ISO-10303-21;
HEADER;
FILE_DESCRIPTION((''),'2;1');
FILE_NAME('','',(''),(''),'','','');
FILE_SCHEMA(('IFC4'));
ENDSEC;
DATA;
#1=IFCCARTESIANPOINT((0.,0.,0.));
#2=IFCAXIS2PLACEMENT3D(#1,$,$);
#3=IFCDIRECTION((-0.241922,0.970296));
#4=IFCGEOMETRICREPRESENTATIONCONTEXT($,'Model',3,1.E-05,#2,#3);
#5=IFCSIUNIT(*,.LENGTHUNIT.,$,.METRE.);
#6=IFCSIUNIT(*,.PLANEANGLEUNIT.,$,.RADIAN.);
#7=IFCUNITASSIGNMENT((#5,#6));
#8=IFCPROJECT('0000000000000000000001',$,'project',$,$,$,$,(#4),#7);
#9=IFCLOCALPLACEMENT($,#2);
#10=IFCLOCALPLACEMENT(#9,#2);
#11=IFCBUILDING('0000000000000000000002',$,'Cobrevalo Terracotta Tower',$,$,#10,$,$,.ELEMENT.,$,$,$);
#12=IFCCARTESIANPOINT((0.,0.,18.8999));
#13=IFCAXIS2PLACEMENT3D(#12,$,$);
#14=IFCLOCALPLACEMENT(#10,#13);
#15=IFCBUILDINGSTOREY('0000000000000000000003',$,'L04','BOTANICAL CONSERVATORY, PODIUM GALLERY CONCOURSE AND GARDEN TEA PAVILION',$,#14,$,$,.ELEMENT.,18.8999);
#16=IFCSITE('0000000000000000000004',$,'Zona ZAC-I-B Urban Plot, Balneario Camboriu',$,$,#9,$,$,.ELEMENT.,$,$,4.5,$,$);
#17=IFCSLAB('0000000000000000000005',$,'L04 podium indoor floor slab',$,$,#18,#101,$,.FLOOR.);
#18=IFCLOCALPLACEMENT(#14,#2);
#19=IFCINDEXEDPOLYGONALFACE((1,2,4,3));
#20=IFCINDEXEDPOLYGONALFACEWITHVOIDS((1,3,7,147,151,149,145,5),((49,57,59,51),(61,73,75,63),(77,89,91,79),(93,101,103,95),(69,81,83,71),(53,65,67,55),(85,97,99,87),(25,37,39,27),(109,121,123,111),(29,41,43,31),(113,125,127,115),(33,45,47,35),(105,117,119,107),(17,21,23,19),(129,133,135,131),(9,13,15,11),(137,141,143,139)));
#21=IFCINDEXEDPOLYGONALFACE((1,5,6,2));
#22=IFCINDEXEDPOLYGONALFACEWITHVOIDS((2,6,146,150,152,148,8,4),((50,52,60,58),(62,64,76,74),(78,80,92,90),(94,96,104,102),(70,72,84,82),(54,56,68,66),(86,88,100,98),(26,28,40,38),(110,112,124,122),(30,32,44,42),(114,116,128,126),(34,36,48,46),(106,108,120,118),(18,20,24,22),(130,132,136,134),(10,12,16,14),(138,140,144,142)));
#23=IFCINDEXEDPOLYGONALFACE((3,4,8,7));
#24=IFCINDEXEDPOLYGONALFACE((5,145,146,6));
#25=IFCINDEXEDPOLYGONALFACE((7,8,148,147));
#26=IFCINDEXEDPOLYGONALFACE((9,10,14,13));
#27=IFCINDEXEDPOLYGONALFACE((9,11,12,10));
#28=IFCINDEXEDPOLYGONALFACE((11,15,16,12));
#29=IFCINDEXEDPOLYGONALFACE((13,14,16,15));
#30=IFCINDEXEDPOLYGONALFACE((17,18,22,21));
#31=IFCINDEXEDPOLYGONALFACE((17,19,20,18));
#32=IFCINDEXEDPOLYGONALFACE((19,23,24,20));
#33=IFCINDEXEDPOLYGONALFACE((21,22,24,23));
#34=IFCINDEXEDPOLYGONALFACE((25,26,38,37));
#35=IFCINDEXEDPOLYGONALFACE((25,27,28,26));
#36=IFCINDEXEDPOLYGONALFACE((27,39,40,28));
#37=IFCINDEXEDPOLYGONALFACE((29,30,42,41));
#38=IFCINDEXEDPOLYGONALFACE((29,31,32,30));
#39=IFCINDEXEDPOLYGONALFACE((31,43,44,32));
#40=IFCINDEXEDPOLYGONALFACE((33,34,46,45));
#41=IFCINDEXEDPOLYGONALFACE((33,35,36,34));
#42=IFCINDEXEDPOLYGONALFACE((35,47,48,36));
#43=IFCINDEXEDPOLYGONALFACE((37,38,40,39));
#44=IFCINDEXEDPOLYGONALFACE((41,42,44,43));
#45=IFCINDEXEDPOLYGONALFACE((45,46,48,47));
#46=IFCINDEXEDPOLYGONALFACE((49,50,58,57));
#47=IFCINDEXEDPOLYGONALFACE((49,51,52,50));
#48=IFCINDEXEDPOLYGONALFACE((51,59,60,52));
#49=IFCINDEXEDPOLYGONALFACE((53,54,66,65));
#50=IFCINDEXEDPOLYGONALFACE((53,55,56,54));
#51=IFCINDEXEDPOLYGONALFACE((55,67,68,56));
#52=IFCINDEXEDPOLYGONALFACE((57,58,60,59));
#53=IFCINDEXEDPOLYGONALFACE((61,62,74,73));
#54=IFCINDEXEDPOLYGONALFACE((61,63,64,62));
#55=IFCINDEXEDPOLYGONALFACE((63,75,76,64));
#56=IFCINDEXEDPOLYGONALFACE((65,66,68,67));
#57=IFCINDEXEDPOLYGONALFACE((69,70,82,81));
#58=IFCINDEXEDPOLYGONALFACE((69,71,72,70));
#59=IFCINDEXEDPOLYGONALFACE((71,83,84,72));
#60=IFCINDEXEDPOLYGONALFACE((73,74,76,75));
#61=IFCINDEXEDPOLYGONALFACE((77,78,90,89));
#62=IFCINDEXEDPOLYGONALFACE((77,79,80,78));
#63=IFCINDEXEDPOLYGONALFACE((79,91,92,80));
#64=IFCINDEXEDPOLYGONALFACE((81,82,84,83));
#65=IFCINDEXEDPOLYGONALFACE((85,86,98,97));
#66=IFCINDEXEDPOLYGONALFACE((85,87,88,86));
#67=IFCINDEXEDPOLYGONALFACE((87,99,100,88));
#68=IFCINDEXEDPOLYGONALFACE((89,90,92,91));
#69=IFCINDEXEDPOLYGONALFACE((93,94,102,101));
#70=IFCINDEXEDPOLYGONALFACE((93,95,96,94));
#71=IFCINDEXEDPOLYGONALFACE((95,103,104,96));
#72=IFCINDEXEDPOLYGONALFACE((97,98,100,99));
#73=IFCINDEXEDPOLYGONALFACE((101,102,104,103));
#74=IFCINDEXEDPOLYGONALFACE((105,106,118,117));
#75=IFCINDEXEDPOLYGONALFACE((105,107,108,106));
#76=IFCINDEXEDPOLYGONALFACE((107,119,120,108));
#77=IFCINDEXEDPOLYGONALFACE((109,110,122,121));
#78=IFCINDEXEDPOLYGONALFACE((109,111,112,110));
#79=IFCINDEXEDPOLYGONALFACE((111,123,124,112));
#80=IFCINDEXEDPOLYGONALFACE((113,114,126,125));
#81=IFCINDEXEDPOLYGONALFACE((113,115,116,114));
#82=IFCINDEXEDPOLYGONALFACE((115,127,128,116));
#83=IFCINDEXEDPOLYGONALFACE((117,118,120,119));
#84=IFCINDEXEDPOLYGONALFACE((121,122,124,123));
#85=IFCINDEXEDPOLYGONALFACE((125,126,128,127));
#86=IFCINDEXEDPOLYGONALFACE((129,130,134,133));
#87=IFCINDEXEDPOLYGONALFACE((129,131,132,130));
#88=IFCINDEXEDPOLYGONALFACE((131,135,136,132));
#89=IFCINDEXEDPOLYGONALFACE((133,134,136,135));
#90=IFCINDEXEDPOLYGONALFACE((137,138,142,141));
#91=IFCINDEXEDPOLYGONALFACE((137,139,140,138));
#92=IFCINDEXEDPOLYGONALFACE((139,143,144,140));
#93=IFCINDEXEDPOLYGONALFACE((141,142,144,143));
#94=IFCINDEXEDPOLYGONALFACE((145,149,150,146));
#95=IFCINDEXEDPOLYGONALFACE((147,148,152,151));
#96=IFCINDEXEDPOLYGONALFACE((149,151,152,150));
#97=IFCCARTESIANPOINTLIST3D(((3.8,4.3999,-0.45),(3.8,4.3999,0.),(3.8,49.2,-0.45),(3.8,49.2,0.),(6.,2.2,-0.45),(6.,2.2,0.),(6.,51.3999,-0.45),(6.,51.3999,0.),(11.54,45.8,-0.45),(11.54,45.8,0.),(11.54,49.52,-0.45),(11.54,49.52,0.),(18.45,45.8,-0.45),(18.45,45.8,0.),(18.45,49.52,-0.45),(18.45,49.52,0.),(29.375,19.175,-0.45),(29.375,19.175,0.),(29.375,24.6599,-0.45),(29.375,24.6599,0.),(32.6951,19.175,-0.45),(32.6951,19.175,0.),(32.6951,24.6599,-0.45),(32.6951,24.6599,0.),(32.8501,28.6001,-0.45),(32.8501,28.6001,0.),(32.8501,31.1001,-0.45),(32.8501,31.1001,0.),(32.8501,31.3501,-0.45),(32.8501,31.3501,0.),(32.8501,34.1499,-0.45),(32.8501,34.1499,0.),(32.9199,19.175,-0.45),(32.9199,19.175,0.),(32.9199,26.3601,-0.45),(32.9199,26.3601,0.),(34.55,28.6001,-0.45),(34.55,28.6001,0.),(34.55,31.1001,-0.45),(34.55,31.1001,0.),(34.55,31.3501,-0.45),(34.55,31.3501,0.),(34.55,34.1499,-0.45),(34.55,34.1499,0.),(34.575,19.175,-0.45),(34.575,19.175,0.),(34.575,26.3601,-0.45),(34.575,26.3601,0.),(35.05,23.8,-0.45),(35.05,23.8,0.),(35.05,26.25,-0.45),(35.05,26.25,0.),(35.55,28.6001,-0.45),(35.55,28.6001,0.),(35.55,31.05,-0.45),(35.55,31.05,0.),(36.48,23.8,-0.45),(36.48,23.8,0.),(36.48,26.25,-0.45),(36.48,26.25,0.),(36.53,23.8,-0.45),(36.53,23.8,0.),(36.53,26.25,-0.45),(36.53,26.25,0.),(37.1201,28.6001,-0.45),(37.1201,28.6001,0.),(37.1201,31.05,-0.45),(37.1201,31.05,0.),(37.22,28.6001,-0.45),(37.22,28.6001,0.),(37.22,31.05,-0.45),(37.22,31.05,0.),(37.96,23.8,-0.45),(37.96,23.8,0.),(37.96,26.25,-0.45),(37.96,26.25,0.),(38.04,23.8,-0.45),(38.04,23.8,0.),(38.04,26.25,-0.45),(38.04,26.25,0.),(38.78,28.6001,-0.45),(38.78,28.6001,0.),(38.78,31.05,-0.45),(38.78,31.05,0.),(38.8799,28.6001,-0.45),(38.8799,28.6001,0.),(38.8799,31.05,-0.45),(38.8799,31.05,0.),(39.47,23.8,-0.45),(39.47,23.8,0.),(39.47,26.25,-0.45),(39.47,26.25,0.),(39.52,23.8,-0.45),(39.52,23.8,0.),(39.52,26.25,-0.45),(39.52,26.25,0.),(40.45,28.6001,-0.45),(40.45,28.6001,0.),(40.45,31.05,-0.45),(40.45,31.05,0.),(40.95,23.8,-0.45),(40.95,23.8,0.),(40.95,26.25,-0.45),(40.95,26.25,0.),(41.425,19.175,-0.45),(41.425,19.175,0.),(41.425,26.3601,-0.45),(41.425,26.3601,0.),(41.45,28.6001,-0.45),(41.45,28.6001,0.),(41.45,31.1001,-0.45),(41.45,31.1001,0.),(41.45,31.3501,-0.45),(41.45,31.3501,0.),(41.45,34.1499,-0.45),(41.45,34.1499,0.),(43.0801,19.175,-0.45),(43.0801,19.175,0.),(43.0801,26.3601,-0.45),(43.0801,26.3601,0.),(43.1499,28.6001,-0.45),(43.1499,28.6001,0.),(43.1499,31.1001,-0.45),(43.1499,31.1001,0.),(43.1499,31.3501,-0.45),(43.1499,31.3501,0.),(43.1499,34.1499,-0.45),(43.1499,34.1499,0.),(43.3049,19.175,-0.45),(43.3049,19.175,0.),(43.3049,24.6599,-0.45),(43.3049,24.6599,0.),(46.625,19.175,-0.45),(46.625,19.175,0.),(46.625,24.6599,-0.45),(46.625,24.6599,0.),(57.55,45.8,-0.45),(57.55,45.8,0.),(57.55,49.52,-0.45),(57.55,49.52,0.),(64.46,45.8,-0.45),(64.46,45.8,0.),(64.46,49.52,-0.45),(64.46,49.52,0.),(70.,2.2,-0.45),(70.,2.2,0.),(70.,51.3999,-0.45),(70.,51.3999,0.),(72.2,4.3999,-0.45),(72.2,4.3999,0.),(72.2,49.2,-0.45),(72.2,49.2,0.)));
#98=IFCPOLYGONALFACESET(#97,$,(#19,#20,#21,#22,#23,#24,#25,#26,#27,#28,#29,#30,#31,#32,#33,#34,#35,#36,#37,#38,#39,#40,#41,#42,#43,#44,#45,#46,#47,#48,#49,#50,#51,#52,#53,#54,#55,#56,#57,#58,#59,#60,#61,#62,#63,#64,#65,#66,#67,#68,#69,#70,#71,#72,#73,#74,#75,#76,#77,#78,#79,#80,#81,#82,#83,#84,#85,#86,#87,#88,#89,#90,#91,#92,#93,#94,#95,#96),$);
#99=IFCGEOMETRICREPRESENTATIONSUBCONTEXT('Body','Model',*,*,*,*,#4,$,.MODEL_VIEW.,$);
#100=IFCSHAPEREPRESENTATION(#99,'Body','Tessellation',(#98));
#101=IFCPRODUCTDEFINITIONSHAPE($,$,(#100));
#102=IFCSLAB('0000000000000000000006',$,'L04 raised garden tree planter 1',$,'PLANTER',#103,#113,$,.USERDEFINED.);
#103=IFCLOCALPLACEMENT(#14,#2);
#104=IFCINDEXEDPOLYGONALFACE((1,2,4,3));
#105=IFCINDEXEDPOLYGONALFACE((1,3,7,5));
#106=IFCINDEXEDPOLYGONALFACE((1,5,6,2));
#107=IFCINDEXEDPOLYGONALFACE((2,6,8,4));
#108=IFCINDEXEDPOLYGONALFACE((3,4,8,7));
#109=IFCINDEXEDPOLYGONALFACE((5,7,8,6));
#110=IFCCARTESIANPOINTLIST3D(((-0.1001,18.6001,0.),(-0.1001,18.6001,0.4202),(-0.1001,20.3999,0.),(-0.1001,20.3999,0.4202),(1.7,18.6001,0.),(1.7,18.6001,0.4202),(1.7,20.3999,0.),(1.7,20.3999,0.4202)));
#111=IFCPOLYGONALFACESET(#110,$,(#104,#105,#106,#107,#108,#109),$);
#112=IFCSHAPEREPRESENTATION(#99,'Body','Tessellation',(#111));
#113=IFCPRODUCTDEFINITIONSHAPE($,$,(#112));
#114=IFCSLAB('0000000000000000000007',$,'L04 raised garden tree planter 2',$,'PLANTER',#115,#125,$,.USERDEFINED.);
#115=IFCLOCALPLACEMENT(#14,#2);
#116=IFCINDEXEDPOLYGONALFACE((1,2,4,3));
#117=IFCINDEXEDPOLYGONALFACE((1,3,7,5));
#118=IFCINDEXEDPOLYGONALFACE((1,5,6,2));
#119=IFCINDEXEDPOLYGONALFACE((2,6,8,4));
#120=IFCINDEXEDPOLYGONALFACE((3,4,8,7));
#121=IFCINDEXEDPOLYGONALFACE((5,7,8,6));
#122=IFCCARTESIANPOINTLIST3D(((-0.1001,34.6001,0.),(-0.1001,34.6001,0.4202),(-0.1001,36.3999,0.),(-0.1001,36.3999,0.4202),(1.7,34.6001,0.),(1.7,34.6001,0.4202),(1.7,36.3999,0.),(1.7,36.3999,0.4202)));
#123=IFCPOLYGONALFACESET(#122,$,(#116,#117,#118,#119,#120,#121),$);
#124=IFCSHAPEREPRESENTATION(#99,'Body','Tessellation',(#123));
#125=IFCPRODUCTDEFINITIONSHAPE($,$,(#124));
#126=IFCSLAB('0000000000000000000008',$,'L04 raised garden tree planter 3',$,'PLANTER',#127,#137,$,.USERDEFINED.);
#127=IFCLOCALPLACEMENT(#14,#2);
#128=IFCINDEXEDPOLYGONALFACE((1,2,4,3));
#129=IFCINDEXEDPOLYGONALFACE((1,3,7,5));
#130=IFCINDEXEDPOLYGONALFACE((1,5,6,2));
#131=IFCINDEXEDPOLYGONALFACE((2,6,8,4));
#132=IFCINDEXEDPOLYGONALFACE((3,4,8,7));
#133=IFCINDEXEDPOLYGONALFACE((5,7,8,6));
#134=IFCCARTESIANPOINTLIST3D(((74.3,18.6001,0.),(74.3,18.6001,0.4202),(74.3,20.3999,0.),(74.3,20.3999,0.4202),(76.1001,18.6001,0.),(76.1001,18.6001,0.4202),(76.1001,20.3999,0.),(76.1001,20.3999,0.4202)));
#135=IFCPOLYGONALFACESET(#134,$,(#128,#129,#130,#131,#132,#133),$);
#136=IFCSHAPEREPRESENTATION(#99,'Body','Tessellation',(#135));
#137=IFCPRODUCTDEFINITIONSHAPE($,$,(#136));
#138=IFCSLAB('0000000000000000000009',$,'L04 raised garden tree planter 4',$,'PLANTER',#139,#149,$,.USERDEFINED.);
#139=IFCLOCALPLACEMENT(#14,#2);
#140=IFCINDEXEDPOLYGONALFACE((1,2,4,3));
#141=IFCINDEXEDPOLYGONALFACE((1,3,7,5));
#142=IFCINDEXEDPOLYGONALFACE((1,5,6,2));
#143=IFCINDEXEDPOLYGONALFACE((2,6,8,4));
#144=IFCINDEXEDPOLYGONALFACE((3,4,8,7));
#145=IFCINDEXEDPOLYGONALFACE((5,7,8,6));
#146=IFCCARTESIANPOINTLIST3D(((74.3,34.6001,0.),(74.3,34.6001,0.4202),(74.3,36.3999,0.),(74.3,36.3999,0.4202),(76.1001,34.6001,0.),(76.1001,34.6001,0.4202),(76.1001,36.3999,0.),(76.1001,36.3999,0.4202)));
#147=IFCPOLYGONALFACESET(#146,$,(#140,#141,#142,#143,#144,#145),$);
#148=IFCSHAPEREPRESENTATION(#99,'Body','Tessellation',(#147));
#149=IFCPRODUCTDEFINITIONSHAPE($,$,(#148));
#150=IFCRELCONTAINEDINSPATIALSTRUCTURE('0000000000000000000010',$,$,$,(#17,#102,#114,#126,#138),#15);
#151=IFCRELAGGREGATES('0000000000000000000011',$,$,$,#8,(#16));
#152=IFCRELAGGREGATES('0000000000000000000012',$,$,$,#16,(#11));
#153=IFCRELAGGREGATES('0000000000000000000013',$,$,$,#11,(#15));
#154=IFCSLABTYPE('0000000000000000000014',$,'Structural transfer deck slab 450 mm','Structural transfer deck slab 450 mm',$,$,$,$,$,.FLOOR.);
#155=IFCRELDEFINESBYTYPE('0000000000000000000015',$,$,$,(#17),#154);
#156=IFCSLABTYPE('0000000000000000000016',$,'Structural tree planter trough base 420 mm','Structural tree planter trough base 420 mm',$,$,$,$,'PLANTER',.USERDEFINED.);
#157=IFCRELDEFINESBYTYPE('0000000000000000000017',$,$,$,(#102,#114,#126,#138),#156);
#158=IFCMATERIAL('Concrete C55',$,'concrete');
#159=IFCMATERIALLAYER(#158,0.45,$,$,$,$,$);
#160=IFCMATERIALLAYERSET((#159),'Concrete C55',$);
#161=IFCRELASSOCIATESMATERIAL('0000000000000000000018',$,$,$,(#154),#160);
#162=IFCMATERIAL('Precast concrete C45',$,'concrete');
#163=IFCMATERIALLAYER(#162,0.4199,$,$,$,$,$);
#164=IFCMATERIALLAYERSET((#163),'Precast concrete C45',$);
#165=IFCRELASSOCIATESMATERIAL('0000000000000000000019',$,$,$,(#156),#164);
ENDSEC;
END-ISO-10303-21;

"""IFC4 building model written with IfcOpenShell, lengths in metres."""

from ifc_helpers import new_model, si_unit, direction, frame, origin, place, context, subcontext, project, spatial, polyline, outline, extrude, material, layer, layer_set, type_object, element, save


model = new_model("IFC4")

# Units and contexts
model_context = context("Model", 3, precision=1e-05, world=origin(), true_north=direction((-0.241922, 0.970296)))
body_context = subcontext(model_context, "Body", "Model", "MODEL_VIEW")
ifc_project = project(units=[si_unit("LENGTHUNIT", "METRE"), si_unit("PLANEANGLEUNIT", "RADIAN")], contexts=[model_context])

# Site, building, storey
site_placement = place(None, origin())
site = spatial("IfcSite", under=ifc_project, at=site_placement, Name="Zona ZAC-I-B Urban Plot, Balneario Camboriu", CompositionType="ELEMENT", RefElevation=4.5)
building_placement = place(site_placement, origin())
building = spatial("IfcBuilding", under=site, at=building_placement, Name="Cobrevalo Terracotta Tower", CompositionType="ELEMENT")
storey_placement = place(building_placement, frame((0.0, 0.0, 18.8999)))
storey = spatial("IfcBuildingStorey", under=building, at=storey_placement, Name="L04", Description="BOTANICAL CONSERVATORY, PODIUM GALLERY CONCOURSE AND GARDEN TEA PAVILION", CompositionType="ELEMENT", Elevation=18.8999)

# Slabs
ifc_material_1 = material(Name="Concrete C55", Category="concrete")
ifc_layer_1 = layer(ifc_material_1, 0.45)
ifc_layer_set_1 = layer_set([ifc_layer_1], Name="Concrete C55")
slab_type_1 = type_object("IfcSlabType", Name="Structural transfer deck slab 450 mm", Description="Structural transfer deck slab 450 mm", PredefinedType="FLOOR", material=ifc_layer_set_1)
slab_1_placement = place(storey_placement, frame((0.0, 0.0, -0.45)))
element("IfcSlab", 1, at=slab_1_placement, inside=storey, type_object=slab_type_1, Name="L04 podium indoor floor slab", PredefinedType="FLOOR", context=body_context, shape_type="SweptSolid", body=[
    extrude(outline(polyline([(3.8, 4.3999), (3.8, 49.2), (6.0, 51.3999), (70.0, 51.3999), (72.2, 49.2), (72.2, 4.3999), (70.0, 2.2), (6.0, 2.2), (3.8, 4.3999)]), holes=[polyline([(29.375, 19.175), (32.6951, 19.175), (32.6951, 24.6599), (29.375, 24.6599), (29.375, 19.175)]), polyline([(34.575, 19.175), (34.575, 26.3601), (32.9199, 26.3601), (32.9199, 19.175), (34.575, 19.175)]), polyline([(36.48, 23.8), (36.48, 26.25), (35.05, 26.25), (35.05, 23.8), (36.48, 23.8)]), polyline([(37.96, 23.8), (37.96, 26.25), (36.53, 26.25), (36.53, 23.8), (37.96, 23.8)]), polyline([(37.1201, 28.6001), (37.1201, 31.05), (35.55, 31.05), (35.55, 28.6001), (37.1201, 28.6001)]), polyline([(38.78, 28.6001), (38.78, 31.05), (37.22, 31.05), (37.22, 28.6001), (38.78, 28.6001)]), polyline([(34.55, 28.6001), (34.55, 31.1001), (32.8501, 31.1001), (32.8501, 28.6001), (34.55, 28.6001)]), polyline([(34.55, 31.3501), (34.55, 34.1499), (32.8501, 34.1499), (32.8501, 31.3501), (34.55, 31.3501)]), polyline([(18.45, 45.8), (18.45, 49.52), (11.54, 49.52), (11.54, 45.8), (18.45, 45.8)]), polyline([(43.3049, 19.175), (46.625, 19.175), (46.625, 24.6599), (43.3049, 24.6599), (43.3049, 19.175)]), polyline([(43.0801, 19.175), (43.0801, 26.3601), (41.425, 26.3601), (41.425, 19.175), (43.0801, 19.175)]), polyline([(39.47, 23.8), (39.47, 26.25), (38.04, 26.25), (38.04, 23.8), (39.47, 23.8)]), polyline([(40.95, 23.8), (40.95, 26.25), (39.52, 26.25), (39.52, 23.8), (40.95, 23.8)]), polyline([(40.45, 28.6001), (40.45, 31.05), (38.8799, 31.05), (38.8799, 28.6001), (40.45, 28.6001)]), polyline([(43.1499, 28.6001), (43.1499, 31.1001), (41.45, 31.1001), (41.45, 28.6001), (43.1499, 28.6001)]), polyline([(41.45, 31.3501), (43.1499, 31.3501), (43.1499, 34.1499), (41.45, 34.1499), (41.45, 31.3501)]), polyline([(64.46, 49.52), (57.55, 49.52), (57.55, 45.8), (64.46, 45.8), (64.46, 49.52)])]), origin(), (0.0, 0.0, 1.0), 0.45),
])
ifc_material_2 = material(Name="Precast concrete C45", Category="concrete")
ifc_layer_2 = layer(ifc_material_2, 0.4199)
ifc_layer_set_2 = layer_set([ifc_layer_2], Name="Precast concrete C45")
slab_type_2 = type_object("IfcSlabType", Name="Structural tree planter trough base 420 mm", Description="Structural tree planter trough base 420 mm", ElementType="PLANTER", PredefinedType="USERDEFINED", material=ifc_layer_set_2)
slab_2_placement = place(storey_placement, origin())
element("IfcSlab", 2, at=slab_2_placement, inside=storey, type_object=slab_type_2, Name="L04 raised garden tree planter 1", ObjectType="PLANTER", PredefinedType="USERDEFINED", context=body_context, shape_type="SweptSolid", body=[
    extrude(outline(polyline([(-0.1001, 18.6001), (1.7, 18.6001), (1.7, 20.3999), (-0.1001, 20.3999), (-0.1001, 18.6001)])), origin(), (0.0, 0.0, 1.0), 0.4202),
])
slab_3_placement = place(storey_placement, origin())
element("IfcSlab", 3, at=slab_3_placement, inside=storey, type_object=slab_type_2, Name="L04 raised garden tree planter 2", ObjectType="PLANTER", PredefinedType="USERDEFINED", context=body_context, shape_type="SweptSolid", body=[
    extrude(outline(polyline([(-0.1001, 34.6001), (1.7, 34.6001), (1.7, 36.3999), (-0.1001, 36.3999), (-0.1001, 34.6001)])), origin(), (0.0, 0.0, 1.0), 0.4202),
])
slab_4_placement = place(storey_placement, origin())
element("IfcSlab", 4, at=slab_4_placement, inside=storey, type_object=slab_type_2, Name="L04 raised garden tree planter 3", ObjectType="PLANTER", PredefinedType="USERDEFINED", context=body_context, shape_type="SweptSolid", body=[
    extrude(outline(polyline([(74.3, 18.6001), (76.1001, 18.6001), (76.1001, 20.3999), (74.3, 20.3999), (74.3, 18.6001)])), origin(), (0.0, 0.0, 1.0), 0.4202),
])
slab_5_placement = place(storey_placement, origin())
element("IfcSlab", 5, at=slab_5_placement, inside=storey, type_object=slab_type_2, Name="L04 raised garden tree planter 4", ObjectType="PLANTER", PredefinedType="USERDEFINED", context=body_context, shape_type="SweptSolid", body=[
    extrude(outline(polyline([(74.3, 34.6001), (76.1001, 34.6001), (76.1001, 36.3999), (74.3, 36.3999), (74.3, 34.6001)])), origin(), (0.0, 0.0, 1.0), 0.4202),
])

save(model, "model.ifc")
